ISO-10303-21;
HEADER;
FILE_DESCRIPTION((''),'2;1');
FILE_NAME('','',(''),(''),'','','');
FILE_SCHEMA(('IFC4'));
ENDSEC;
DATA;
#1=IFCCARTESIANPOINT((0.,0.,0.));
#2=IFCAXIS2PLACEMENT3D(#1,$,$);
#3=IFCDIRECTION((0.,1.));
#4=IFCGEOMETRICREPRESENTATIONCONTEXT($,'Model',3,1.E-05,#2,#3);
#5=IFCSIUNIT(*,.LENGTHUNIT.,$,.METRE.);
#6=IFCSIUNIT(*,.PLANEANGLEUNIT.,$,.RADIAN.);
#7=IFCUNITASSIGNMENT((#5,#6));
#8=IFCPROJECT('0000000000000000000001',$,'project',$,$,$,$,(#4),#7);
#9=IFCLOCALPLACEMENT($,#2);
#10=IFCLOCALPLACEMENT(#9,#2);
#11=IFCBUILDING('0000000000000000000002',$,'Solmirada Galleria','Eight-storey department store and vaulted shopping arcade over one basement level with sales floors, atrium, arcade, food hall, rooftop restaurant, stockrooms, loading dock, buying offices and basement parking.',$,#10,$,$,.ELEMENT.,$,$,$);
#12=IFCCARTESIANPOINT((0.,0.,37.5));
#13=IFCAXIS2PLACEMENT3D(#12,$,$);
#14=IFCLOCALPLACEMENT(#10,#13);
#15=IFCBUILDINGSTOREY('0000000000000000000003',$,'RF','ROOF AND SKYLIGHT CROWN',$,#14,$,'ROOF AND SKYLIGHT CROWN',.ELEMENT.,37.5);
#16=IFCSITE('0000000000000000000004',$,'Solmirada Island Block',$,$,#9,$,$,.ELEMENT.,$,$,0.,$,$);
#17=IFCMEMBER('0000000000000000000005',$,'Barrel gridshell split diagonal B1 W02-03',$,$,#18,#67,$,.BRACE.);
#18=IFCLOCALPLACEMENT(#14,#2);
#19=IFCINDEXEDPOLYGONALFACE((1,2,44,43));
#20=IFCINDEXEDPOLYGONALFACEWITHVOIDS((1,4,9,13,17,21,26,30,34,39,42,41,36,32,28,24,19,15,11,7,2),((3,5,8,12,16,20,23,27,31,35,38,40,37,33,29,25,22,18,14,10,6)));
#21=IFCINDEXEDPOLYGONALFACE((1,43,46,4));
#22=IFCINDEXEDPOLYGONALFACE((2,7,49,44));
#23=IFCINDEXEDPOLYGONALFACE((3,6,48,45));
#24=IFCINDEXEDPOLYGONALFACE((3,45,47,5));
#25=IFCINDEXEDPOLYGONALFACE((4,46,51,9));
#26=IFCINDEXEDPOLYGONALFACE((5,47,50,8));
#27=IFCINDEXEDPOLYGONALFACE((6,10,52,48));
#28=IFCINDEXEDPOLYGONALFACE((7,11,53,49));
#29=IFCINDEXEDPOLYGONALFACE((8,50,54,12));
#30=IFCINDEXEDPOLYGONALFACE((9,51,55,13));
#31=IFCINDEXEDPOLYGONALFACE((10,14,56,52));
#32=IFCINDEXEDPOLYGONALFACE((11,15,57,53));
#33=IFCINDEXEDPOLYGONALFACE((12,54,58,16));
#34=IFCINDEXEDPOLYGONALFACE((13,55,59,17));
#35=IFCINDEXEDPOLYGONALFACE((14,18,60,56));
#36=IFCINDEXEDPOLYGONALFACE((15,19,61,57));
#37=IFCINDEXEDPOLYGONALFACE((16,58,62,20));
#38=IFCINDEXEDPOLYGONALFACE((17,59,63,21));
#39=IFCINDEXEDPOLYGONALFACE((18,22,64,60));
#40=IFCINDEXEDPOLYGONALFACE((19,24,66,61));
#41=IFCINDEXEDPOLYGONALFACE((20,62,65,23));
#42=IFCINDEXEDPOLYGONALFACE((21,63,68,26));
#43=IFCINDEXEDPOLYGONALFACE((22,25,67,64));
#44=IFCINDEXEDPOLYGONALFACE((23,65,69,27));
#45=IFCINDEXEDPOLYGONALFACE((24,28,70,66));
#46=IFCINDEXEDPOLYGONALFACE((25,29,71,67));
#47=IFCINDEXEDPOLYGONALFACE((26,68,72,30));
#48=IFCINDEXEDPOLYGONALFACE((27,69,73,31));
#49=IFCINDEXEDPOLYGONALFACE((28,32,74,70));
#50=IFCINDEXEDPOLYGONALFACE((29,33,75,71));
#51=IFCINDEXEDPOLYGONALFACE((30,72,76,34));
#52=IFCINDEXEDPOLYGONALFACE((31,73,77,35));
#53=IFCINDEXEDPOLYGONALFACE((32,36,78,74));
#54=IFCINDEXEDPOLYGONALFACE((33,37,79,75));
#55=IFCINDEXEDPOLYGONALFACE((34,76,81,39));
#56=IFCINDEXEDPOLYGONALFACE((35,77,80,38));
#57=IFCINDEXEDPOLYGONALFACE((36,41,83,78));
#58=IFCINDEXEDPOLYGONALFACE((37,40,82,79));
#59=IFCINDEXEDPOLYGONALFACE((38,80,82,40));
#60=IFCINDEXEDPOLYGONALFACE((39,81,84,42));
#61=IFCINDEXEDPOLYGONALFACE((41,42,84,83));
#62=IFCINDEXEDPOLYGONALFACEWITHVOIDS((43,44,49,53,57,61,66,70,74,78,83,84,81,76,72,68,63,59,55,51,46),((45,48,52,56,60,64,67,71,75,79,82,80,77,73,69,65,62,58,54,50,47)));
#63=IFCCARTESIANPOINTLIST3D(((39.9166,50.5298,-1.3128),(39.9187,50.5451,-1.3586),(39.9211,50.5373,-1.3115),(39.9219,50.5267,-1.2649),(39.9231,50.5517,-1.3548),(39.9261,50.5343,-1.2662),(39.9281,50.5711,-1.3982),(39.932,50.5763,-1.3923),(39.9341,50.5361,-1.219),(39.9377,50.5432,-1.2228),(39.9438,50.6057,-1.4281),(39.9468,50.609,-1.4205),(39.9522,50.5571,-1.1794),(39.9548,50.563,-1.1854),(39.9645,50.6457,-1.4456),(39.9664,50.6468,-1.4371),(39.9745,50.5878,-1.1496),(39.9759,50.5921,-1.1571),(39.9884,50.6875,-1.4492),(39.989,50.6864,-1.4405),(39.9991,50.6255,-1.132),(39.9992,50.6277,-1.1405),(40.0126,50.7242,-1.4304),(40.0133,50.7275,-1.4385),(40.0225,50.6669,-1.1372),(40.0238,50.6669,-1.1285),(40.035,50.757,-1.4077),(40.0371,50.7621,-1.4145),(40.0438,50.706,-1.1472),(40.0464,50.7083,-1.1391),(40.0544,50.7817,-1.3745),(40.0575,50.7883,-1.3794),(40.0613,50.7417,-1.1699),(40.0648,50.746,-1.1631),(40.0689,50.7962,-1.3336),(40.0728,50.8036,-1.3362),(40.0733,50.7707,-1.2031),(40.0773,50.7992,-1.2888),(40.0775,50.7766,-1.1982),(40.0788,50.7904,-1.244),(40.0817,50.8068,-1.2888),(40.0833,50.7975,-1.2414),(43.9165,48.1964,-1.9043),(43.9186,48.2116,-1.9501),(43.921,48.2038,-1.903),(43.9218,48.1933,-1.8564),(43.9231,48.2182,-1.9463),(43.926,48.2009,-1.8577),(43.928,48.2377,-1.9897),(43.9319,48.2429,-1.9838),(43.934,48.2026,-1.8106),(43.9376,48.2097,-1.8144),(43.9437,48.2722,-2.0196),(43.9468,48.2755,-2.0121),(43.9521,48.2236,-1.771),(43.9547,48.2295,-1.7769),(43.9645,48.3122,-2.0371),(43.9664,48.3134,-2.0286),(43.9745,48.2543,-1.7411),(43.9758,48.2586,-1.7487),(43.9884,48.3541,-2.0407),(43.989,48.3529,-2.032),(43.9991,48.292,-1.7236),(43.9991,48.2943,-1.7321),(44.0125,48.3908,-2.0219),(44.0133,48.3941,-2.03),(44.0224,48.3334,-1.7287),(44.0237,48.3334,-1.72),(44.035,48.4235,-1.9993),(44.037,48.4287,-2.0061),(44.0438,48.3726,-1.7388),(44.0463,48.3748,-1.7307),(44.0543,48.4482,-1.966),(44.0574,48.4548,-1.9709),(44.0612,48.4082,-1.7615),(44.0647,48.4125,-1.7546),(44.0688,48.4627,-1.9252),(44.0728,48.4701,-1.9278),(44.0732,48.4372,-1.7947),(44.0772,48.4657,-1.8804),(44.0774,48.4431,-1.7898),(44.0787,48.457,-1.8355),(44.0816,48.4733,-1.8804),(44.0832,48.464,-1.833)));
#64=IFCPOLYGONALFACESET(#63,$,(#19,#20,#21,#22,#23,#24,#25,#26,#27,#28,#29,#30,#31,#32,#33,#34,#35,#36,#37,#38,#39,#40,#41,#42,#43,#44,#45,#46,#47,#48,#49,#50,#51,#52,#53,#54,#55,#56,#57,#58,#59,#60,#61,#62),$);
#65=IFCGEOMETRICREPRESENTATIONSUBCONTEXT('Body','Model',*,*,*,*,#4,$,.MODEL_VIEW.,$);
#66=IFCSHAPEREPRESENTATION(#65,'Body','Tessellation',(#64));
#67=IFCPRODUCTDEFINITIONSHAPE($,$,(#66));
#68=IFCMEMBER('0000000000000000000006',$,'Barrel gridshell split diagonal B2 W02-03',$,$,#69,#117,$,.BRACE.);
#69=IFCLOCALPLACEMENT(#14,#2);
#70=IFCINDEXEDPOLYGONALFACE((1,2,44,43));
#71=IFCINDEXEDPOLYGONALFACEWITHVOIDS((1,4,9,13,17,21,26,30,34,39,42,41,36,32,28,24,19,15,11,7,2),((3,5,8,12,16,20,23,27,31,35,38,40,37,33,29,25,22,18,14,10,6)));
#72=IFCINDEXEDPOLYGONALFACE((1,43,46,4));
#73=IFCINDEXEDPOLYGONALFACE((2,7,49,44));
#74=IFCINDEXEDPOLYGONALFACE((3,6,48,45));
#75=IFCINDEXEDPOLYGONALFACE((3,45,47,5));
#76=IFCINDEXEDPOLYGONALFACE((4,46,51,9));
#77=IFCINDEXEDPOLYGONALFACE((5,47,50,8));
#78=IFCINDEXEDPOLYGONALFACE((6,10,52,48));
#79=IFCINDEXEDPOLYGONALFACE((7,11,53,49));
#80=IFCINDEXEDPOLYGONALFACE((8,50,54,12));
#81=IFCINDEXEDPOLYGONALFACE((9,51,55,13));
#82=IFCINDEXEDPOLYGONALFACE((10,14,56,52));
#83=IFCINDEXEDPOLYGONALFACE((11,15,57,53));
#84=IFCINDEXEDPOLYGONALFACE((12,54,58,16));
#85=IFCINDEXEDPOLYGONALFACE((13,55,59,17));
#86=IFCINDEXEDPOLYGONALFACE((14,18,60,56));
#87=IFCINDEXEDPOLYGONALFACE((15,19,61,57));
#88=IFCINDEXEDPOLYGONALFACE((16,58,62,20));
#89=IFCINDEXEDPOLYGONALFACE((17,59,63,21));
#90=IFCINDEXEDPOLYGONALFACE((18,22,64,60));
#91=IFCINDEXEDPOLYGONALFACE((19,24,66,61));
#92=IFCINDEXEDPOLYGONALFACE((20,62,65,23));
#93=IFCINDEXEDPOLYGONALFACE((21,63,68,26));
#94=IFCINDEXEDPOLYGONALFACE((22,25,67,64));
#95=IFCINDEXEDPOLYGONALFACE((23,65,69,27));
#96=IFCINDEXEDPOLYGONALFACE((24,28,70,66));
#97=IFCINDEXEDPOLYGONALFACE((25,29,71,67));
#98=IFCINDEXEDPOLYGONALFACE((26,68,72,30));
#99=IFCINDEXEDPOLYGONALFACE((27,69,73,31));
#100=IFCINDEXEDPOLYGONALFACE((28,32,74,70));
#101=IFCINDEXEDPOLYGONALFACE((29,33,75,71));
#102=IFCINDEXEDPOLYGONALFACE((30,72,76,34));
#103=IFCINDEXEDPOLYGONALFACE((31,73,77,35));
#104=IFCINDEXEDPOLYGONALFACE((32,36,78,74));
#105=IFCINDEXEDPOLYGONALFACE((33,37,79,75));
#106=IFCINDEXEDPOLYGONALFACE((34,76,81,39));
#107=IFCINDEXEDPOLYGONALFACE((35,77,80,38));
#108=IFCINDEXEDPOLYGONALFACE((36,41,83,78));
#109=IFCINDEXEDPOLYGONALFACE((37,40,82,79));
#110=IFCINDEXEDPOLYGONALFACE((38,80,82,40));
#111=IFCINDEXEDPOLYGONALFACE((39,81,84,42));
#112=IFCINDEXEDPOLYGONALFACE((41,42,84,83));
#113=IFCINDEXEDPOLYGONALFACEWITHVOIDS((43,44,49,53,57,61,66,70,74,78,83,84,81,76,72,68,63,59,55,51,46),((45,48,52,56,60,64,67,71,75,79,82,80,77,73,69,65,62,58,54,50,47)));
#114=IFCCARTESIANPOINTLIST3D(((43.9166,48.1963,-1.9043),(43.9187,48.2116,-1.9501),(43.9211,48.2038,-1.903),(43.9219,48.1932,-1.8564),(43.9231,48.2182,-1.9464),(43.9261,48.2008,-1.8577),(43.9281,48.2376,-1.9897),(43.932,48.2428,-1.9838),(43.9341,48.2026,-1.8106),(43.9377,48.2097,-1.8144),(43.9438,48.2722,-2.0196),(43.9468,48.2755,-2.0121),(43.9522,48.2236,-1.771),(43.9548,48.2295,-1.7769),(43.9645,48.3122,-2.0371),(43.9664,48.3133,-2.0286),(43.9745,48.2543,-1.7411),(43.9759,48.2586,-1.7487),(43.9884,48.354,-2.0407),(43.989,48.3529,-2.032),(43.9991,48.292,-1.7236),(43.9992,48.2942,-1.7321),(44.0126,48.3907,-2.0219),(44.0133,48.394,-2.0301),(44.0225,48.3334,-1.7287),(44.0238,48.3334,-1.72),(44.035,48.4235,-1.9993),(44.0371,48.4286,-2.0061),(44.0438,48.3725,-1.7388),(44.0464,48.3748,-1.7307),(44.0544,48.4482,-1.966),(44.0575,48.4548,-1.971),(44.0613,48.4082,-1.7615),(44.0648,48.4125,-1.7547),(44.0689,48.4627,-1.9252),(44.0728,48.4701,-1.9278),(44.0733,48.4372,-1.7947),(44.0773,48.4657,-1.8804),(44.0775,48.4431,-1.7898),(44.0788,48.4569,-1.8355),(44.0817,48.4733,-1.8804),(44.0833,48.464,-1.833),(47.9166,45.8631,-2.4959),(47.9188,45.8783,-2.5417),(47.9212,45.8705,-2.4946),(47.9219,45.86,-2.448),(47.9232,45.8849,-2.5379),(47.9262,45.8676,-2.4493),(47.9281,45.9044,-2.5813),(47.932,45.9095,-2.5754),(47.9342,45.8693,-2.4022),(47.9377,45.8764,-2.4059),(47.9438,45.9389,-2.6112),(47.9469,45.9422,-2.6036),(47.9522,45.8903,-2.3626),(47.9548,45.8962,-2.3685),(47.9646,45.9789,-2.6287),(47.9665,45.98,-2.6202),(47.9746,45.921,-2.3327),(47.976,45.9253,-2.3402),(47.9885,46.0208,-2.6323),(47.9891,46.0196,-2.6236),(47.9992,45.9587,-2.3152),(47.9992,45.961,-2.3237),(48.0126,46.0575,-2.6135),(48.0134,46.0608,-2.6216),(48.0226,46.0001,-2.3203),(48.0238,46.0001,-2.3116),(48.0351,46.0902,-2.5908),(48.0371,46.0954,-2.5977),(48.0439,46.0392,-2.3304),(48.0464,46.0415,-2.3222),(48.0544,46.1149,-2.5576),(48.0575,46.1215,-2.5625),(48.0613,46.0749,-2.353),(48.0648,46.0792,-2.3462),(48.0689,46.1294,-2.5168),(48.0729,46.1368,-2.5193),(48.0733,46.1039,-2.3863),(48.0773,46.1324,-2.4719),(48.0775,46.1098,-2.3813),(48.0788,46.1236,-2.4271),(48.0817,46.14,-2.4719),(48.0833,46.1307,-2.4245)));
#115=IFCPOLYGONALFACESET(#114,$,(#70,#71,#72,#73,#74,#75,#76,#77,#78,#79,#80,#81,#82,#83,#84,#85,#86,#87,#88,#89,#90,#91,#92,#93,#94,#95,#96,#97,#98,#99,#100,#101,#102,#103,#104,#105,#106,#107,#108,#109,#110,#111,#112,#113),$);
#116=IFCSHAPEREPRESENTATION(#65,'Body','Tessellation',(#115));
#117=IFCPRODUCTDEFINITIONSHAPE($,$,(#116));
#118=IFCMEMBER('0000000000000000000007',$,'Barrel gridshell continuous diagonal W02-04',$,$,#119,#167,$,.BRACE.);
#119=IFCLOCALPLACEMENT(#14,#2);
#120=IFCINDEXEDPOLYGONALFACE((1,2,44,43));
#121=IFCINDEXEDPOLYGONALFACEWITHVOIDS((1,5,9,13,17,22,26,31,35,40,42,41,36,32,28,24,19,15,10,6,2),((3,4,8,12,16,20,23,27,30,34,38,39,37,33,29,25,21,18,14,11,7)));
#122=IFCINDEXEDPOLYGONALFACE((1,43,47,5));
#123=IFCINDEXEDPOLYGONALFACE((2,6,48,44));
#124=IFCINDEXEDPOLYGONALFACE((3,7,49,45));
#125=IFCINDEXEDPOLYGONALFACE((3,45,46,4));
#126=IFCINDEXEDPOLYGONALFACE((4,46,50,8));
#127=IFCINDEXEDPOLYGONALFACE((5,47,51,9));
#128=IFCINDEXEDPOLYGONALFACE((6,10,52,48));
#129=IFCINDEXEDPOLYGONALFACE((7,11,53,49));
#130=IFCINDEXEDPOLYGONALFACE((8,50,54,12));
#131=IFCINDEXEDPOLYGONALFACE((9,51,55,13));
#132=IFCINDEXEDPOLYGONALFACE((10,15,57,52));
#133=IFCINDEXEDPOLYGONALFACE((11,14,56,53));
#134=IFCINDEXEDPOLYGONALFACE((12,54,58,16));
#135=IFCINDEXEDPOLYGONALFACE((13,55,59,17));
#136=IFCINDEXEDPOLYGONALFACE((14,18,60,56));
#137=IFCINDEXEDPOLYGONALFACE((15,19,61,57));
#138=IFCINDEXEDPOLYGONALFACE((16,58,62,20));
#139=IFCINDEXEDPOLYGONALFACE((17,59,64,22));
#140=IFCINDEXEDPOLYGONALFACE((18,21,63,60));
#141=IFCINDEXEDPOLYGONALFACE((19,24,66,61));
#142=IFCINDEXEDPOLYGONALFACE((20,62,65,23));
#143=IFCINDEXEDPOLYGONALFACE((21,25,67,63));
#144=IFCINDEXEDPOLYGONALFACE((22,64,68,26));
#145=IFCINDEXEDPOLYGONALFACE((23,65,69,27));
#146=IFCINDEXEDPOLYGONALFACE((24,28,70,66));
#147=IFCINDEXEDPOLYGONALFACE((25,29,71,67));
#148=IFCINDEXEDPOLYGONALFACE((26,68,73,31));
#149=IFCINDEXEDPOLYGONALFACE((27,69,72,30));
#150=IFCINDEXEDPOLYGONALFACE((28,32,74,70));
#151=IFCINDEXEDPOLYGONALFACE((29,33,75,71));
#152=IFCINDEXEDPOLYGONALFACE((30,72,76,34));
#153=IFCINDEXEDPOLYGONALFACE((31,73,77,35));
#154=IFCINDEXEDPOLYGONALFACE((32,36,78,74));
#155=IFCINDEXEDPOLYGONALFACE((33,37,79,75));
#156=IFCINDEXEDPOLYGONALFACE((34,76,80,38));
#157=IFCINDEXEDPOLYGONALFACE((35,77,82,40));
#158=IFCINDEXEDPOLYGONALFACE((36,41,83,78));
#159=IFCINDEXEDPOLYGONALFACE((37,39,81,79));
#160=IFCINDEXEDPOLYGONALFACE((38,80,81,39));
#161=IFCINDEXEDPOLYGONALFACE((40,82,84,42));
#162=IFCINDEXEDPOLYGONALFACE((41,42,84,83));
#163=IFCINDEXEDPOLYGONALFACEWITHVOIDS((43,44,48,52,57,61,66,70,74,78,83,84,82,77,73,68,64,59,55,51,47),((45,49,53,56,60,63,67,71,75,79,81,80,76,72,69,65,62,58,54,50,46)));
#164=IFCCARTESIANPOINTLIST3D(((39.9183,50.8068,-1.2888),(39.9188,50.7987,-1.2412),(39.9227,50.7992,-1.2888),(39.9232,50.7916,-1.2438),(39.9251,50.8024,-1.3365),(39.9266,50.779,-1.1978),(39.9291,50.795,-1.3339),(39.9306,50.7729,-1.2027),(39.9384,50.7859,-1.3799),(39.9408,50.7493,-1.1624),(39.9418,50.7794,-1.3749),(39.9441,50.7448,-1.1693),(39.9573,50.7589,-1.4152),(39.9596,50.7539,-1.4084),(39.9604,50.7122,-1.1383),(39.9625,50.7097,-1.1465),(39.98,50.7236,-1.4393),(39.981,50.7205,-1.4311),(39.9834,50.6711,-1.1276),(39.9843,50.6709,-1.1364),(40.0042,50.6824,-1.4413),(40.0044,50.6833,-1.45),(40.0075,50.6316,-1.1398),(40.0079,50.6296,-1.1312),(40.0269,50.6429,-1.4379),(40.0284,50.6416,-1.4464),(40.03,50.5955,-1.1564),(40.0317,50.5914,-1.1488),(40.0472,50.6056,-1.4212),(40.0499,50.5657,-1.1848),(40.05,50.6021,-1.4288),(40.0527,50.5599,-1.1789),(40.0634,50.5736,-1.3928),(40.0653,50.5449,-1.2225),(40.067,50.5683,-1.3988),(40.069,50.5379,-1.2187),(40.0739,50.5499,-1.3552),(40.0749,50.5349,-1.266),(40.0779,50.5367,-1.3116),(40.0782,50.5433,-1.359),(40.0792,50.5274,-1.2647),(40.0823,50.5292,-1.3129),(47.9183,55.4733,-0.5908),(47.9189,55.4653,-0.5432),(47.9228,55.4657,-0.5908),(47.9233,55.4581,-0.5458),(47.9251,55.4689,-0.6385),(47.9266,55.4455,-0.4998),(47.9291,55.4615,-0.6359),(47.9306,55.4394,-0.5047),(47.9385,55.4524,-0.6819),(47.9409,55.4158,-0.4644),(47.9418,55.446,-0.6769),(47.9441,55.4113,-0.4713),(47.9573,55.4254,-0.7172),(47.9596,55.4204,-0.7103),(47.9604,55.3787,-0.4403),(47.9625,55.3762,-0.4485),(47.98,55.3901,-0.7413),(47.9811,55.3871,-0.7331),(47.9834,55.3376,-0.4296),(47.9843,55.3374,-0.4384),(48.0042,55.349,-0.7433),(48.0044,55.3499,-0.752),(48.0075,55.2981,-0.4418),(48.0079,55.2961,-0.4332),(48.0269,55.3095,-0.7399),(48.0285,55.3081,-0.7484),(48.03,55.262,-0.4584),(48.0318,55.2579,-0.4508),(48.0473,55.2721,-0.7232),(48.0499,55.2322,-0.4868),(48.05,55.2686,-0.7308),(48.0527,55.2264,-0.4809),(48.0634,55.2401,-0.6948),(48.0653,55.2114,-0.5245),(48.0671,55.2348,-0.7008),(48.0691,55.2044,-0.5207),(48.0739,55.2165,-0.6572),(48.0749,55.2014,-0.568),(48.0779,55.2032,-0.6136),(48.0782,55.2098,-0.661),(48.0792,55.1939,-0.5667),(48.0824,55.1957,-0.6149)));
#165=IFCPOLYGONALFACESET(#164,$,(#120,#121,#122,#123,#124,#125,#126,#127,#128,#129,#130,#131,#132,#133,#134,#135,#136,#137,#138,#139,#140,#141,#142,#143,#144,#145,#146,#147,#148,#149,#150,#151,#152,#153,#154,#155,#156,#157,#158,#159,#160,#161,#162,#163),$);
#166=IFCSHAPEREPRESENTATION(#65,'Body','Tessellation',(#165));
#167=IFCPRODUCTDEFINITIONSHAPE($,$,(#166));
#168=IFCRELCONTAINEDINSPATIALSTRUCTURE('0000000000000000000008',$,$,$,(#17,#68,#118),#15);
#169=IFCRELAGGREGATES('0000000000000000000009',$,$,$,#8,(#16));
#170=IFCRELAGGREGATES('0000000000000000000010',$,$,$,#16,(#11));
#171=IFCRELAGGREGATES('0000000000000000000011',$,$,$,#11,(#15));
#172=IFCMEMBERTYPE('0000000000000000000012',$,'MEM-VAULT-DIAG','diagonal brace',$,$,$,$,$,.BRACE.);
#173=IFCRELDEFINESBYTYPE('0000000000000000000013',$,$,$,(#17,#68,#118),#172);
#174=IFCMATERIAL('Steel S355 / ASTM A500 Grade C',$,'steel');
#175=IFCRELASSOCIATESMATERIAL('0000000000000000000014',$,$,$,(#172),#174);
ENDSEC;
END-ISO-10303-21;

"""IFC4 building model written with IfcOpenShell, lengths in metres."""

from ifc_helpers import new_model, si_unit, direction, frame, origin, origin_2d, place, context, subcontext, project, spatial, hollow_circle, extrude, material, material_profile, profile_set, type_object, element, save


model = new_model("IFC4")

# Units and contexts
model_context = context("Model", 3, precision=1e-05, world=origin(), true_north=direction((0.0, 1.0)))
body_context = subcontext(model_context, "Body", "Model", "MODEL_VIEW")
ifc_project = project(units=[si_unit("LENGTHUNIT", "METRE"), si_unit("PLANEANGLEUNIT", "RADIAN")], contexts=[model_context])

# Site, building, storey
site_placement = place(None, origin())
site = spatial("IfcSite", under=ifc_project, at=site_placement, Name="Solmirada Island Block", CompositionType="ELEMENT", RefElevation=0.0)
building_placement = place(site_placement, origin())
building = spatial("IfcBuilding", under=site, at=building_placement, Name="Solmirada Galleria", Description="Eight-storey department store and vaulted shopping arcade over one basement level with sales floors, atrium, arcade, food hall, rooftop restaurant, stockrooms, loading dock, buying offices and basement parking.", CompositionType="ELEMENT")
storey_placement = place(building_placement, frame((0.0, 0.0, 37.5)))
storey = spatial("IfcBuildingStorey", under=building, at=storey_placement, Name="RF", Description="ROOF AND SKYLIGHT CROWN", LongName="ROOF AND SKYLIGHT CROWN", CompositionType="ELEMENT", Elevation=37.5)

# Members
ifc_material_1 = material(Name="Steel S355 / ASTM A500 Grade C", Category="steel")
ifc_material_profile_1 = material_profile(ifc_material_1, hollow_circle(Radius=0.1621, WallThickness=0.0088, at=origin_2d()), Name="HSS12.750X0.375")
ifc_profile_set_1 = profile_set([ifc_material_profile_1], Name="Steel S355 / ASTM A500 Grade C")
member_type_1 = type_object("IfcMemberType", Name="MEM-VAULT-DIAG", Description="diagonal brace", PredefinedType="BRACE", material=ifc_profile_set_1)
for number, where, z_axis, x_axis, name in (
    (1, (40.0, 50.6667, -1.2888), (0.856801, -0.499836, -0.126711), (0.503897, 0.863764, 0.0), "Barrel gridshell split diagonal B1 W02-03"),
    (2, (44.0, 48.3333, -1.8804), (0.856824, -0.499796, -0.126714), (0.503858, 0.863787, 0.0), "Barrel gridshell split diagonal B2 W02-03"),
):
    element("IfcMember", number, at=place(storey_placement, frame(where, z_axis=z_axis, x_axis=x_axis)), inside=storey, type_object=member_type_1, Name=name, PredefinedType="BRACE", context=body_context, shape_type="SweptSolid", body=[
        extrude(hollow_circle(Radius=0.1621, WallThickness=0.0088, at=origin_2d()), origin(), (0.0, 0.0, 1.0), 4.6685),
    ])
member_1_placement = place(storey_placement, frame((40.0, 50.6667, -1.2888), z_axis=(0.861344, 0.502433, 0.075152), x_axis=(-0.503858, 0.863787, 0.0)))
element("IfcMember", 3, at=member_1_placement, inside=storey, type_object=member_type_1, Name="Barrel gridshell continuous diagonal W02-04", PredefinedType="BRACE", context=body_context, shape_type="SweptSolid", body=[
    extrude(hollow_circle(Radius=0.1621, WallThickness=0.0088, at=origin_2d()), origin(), (0.0, 0.0, 1.0), 9.2878),
])

save(model, "model.ifc")
